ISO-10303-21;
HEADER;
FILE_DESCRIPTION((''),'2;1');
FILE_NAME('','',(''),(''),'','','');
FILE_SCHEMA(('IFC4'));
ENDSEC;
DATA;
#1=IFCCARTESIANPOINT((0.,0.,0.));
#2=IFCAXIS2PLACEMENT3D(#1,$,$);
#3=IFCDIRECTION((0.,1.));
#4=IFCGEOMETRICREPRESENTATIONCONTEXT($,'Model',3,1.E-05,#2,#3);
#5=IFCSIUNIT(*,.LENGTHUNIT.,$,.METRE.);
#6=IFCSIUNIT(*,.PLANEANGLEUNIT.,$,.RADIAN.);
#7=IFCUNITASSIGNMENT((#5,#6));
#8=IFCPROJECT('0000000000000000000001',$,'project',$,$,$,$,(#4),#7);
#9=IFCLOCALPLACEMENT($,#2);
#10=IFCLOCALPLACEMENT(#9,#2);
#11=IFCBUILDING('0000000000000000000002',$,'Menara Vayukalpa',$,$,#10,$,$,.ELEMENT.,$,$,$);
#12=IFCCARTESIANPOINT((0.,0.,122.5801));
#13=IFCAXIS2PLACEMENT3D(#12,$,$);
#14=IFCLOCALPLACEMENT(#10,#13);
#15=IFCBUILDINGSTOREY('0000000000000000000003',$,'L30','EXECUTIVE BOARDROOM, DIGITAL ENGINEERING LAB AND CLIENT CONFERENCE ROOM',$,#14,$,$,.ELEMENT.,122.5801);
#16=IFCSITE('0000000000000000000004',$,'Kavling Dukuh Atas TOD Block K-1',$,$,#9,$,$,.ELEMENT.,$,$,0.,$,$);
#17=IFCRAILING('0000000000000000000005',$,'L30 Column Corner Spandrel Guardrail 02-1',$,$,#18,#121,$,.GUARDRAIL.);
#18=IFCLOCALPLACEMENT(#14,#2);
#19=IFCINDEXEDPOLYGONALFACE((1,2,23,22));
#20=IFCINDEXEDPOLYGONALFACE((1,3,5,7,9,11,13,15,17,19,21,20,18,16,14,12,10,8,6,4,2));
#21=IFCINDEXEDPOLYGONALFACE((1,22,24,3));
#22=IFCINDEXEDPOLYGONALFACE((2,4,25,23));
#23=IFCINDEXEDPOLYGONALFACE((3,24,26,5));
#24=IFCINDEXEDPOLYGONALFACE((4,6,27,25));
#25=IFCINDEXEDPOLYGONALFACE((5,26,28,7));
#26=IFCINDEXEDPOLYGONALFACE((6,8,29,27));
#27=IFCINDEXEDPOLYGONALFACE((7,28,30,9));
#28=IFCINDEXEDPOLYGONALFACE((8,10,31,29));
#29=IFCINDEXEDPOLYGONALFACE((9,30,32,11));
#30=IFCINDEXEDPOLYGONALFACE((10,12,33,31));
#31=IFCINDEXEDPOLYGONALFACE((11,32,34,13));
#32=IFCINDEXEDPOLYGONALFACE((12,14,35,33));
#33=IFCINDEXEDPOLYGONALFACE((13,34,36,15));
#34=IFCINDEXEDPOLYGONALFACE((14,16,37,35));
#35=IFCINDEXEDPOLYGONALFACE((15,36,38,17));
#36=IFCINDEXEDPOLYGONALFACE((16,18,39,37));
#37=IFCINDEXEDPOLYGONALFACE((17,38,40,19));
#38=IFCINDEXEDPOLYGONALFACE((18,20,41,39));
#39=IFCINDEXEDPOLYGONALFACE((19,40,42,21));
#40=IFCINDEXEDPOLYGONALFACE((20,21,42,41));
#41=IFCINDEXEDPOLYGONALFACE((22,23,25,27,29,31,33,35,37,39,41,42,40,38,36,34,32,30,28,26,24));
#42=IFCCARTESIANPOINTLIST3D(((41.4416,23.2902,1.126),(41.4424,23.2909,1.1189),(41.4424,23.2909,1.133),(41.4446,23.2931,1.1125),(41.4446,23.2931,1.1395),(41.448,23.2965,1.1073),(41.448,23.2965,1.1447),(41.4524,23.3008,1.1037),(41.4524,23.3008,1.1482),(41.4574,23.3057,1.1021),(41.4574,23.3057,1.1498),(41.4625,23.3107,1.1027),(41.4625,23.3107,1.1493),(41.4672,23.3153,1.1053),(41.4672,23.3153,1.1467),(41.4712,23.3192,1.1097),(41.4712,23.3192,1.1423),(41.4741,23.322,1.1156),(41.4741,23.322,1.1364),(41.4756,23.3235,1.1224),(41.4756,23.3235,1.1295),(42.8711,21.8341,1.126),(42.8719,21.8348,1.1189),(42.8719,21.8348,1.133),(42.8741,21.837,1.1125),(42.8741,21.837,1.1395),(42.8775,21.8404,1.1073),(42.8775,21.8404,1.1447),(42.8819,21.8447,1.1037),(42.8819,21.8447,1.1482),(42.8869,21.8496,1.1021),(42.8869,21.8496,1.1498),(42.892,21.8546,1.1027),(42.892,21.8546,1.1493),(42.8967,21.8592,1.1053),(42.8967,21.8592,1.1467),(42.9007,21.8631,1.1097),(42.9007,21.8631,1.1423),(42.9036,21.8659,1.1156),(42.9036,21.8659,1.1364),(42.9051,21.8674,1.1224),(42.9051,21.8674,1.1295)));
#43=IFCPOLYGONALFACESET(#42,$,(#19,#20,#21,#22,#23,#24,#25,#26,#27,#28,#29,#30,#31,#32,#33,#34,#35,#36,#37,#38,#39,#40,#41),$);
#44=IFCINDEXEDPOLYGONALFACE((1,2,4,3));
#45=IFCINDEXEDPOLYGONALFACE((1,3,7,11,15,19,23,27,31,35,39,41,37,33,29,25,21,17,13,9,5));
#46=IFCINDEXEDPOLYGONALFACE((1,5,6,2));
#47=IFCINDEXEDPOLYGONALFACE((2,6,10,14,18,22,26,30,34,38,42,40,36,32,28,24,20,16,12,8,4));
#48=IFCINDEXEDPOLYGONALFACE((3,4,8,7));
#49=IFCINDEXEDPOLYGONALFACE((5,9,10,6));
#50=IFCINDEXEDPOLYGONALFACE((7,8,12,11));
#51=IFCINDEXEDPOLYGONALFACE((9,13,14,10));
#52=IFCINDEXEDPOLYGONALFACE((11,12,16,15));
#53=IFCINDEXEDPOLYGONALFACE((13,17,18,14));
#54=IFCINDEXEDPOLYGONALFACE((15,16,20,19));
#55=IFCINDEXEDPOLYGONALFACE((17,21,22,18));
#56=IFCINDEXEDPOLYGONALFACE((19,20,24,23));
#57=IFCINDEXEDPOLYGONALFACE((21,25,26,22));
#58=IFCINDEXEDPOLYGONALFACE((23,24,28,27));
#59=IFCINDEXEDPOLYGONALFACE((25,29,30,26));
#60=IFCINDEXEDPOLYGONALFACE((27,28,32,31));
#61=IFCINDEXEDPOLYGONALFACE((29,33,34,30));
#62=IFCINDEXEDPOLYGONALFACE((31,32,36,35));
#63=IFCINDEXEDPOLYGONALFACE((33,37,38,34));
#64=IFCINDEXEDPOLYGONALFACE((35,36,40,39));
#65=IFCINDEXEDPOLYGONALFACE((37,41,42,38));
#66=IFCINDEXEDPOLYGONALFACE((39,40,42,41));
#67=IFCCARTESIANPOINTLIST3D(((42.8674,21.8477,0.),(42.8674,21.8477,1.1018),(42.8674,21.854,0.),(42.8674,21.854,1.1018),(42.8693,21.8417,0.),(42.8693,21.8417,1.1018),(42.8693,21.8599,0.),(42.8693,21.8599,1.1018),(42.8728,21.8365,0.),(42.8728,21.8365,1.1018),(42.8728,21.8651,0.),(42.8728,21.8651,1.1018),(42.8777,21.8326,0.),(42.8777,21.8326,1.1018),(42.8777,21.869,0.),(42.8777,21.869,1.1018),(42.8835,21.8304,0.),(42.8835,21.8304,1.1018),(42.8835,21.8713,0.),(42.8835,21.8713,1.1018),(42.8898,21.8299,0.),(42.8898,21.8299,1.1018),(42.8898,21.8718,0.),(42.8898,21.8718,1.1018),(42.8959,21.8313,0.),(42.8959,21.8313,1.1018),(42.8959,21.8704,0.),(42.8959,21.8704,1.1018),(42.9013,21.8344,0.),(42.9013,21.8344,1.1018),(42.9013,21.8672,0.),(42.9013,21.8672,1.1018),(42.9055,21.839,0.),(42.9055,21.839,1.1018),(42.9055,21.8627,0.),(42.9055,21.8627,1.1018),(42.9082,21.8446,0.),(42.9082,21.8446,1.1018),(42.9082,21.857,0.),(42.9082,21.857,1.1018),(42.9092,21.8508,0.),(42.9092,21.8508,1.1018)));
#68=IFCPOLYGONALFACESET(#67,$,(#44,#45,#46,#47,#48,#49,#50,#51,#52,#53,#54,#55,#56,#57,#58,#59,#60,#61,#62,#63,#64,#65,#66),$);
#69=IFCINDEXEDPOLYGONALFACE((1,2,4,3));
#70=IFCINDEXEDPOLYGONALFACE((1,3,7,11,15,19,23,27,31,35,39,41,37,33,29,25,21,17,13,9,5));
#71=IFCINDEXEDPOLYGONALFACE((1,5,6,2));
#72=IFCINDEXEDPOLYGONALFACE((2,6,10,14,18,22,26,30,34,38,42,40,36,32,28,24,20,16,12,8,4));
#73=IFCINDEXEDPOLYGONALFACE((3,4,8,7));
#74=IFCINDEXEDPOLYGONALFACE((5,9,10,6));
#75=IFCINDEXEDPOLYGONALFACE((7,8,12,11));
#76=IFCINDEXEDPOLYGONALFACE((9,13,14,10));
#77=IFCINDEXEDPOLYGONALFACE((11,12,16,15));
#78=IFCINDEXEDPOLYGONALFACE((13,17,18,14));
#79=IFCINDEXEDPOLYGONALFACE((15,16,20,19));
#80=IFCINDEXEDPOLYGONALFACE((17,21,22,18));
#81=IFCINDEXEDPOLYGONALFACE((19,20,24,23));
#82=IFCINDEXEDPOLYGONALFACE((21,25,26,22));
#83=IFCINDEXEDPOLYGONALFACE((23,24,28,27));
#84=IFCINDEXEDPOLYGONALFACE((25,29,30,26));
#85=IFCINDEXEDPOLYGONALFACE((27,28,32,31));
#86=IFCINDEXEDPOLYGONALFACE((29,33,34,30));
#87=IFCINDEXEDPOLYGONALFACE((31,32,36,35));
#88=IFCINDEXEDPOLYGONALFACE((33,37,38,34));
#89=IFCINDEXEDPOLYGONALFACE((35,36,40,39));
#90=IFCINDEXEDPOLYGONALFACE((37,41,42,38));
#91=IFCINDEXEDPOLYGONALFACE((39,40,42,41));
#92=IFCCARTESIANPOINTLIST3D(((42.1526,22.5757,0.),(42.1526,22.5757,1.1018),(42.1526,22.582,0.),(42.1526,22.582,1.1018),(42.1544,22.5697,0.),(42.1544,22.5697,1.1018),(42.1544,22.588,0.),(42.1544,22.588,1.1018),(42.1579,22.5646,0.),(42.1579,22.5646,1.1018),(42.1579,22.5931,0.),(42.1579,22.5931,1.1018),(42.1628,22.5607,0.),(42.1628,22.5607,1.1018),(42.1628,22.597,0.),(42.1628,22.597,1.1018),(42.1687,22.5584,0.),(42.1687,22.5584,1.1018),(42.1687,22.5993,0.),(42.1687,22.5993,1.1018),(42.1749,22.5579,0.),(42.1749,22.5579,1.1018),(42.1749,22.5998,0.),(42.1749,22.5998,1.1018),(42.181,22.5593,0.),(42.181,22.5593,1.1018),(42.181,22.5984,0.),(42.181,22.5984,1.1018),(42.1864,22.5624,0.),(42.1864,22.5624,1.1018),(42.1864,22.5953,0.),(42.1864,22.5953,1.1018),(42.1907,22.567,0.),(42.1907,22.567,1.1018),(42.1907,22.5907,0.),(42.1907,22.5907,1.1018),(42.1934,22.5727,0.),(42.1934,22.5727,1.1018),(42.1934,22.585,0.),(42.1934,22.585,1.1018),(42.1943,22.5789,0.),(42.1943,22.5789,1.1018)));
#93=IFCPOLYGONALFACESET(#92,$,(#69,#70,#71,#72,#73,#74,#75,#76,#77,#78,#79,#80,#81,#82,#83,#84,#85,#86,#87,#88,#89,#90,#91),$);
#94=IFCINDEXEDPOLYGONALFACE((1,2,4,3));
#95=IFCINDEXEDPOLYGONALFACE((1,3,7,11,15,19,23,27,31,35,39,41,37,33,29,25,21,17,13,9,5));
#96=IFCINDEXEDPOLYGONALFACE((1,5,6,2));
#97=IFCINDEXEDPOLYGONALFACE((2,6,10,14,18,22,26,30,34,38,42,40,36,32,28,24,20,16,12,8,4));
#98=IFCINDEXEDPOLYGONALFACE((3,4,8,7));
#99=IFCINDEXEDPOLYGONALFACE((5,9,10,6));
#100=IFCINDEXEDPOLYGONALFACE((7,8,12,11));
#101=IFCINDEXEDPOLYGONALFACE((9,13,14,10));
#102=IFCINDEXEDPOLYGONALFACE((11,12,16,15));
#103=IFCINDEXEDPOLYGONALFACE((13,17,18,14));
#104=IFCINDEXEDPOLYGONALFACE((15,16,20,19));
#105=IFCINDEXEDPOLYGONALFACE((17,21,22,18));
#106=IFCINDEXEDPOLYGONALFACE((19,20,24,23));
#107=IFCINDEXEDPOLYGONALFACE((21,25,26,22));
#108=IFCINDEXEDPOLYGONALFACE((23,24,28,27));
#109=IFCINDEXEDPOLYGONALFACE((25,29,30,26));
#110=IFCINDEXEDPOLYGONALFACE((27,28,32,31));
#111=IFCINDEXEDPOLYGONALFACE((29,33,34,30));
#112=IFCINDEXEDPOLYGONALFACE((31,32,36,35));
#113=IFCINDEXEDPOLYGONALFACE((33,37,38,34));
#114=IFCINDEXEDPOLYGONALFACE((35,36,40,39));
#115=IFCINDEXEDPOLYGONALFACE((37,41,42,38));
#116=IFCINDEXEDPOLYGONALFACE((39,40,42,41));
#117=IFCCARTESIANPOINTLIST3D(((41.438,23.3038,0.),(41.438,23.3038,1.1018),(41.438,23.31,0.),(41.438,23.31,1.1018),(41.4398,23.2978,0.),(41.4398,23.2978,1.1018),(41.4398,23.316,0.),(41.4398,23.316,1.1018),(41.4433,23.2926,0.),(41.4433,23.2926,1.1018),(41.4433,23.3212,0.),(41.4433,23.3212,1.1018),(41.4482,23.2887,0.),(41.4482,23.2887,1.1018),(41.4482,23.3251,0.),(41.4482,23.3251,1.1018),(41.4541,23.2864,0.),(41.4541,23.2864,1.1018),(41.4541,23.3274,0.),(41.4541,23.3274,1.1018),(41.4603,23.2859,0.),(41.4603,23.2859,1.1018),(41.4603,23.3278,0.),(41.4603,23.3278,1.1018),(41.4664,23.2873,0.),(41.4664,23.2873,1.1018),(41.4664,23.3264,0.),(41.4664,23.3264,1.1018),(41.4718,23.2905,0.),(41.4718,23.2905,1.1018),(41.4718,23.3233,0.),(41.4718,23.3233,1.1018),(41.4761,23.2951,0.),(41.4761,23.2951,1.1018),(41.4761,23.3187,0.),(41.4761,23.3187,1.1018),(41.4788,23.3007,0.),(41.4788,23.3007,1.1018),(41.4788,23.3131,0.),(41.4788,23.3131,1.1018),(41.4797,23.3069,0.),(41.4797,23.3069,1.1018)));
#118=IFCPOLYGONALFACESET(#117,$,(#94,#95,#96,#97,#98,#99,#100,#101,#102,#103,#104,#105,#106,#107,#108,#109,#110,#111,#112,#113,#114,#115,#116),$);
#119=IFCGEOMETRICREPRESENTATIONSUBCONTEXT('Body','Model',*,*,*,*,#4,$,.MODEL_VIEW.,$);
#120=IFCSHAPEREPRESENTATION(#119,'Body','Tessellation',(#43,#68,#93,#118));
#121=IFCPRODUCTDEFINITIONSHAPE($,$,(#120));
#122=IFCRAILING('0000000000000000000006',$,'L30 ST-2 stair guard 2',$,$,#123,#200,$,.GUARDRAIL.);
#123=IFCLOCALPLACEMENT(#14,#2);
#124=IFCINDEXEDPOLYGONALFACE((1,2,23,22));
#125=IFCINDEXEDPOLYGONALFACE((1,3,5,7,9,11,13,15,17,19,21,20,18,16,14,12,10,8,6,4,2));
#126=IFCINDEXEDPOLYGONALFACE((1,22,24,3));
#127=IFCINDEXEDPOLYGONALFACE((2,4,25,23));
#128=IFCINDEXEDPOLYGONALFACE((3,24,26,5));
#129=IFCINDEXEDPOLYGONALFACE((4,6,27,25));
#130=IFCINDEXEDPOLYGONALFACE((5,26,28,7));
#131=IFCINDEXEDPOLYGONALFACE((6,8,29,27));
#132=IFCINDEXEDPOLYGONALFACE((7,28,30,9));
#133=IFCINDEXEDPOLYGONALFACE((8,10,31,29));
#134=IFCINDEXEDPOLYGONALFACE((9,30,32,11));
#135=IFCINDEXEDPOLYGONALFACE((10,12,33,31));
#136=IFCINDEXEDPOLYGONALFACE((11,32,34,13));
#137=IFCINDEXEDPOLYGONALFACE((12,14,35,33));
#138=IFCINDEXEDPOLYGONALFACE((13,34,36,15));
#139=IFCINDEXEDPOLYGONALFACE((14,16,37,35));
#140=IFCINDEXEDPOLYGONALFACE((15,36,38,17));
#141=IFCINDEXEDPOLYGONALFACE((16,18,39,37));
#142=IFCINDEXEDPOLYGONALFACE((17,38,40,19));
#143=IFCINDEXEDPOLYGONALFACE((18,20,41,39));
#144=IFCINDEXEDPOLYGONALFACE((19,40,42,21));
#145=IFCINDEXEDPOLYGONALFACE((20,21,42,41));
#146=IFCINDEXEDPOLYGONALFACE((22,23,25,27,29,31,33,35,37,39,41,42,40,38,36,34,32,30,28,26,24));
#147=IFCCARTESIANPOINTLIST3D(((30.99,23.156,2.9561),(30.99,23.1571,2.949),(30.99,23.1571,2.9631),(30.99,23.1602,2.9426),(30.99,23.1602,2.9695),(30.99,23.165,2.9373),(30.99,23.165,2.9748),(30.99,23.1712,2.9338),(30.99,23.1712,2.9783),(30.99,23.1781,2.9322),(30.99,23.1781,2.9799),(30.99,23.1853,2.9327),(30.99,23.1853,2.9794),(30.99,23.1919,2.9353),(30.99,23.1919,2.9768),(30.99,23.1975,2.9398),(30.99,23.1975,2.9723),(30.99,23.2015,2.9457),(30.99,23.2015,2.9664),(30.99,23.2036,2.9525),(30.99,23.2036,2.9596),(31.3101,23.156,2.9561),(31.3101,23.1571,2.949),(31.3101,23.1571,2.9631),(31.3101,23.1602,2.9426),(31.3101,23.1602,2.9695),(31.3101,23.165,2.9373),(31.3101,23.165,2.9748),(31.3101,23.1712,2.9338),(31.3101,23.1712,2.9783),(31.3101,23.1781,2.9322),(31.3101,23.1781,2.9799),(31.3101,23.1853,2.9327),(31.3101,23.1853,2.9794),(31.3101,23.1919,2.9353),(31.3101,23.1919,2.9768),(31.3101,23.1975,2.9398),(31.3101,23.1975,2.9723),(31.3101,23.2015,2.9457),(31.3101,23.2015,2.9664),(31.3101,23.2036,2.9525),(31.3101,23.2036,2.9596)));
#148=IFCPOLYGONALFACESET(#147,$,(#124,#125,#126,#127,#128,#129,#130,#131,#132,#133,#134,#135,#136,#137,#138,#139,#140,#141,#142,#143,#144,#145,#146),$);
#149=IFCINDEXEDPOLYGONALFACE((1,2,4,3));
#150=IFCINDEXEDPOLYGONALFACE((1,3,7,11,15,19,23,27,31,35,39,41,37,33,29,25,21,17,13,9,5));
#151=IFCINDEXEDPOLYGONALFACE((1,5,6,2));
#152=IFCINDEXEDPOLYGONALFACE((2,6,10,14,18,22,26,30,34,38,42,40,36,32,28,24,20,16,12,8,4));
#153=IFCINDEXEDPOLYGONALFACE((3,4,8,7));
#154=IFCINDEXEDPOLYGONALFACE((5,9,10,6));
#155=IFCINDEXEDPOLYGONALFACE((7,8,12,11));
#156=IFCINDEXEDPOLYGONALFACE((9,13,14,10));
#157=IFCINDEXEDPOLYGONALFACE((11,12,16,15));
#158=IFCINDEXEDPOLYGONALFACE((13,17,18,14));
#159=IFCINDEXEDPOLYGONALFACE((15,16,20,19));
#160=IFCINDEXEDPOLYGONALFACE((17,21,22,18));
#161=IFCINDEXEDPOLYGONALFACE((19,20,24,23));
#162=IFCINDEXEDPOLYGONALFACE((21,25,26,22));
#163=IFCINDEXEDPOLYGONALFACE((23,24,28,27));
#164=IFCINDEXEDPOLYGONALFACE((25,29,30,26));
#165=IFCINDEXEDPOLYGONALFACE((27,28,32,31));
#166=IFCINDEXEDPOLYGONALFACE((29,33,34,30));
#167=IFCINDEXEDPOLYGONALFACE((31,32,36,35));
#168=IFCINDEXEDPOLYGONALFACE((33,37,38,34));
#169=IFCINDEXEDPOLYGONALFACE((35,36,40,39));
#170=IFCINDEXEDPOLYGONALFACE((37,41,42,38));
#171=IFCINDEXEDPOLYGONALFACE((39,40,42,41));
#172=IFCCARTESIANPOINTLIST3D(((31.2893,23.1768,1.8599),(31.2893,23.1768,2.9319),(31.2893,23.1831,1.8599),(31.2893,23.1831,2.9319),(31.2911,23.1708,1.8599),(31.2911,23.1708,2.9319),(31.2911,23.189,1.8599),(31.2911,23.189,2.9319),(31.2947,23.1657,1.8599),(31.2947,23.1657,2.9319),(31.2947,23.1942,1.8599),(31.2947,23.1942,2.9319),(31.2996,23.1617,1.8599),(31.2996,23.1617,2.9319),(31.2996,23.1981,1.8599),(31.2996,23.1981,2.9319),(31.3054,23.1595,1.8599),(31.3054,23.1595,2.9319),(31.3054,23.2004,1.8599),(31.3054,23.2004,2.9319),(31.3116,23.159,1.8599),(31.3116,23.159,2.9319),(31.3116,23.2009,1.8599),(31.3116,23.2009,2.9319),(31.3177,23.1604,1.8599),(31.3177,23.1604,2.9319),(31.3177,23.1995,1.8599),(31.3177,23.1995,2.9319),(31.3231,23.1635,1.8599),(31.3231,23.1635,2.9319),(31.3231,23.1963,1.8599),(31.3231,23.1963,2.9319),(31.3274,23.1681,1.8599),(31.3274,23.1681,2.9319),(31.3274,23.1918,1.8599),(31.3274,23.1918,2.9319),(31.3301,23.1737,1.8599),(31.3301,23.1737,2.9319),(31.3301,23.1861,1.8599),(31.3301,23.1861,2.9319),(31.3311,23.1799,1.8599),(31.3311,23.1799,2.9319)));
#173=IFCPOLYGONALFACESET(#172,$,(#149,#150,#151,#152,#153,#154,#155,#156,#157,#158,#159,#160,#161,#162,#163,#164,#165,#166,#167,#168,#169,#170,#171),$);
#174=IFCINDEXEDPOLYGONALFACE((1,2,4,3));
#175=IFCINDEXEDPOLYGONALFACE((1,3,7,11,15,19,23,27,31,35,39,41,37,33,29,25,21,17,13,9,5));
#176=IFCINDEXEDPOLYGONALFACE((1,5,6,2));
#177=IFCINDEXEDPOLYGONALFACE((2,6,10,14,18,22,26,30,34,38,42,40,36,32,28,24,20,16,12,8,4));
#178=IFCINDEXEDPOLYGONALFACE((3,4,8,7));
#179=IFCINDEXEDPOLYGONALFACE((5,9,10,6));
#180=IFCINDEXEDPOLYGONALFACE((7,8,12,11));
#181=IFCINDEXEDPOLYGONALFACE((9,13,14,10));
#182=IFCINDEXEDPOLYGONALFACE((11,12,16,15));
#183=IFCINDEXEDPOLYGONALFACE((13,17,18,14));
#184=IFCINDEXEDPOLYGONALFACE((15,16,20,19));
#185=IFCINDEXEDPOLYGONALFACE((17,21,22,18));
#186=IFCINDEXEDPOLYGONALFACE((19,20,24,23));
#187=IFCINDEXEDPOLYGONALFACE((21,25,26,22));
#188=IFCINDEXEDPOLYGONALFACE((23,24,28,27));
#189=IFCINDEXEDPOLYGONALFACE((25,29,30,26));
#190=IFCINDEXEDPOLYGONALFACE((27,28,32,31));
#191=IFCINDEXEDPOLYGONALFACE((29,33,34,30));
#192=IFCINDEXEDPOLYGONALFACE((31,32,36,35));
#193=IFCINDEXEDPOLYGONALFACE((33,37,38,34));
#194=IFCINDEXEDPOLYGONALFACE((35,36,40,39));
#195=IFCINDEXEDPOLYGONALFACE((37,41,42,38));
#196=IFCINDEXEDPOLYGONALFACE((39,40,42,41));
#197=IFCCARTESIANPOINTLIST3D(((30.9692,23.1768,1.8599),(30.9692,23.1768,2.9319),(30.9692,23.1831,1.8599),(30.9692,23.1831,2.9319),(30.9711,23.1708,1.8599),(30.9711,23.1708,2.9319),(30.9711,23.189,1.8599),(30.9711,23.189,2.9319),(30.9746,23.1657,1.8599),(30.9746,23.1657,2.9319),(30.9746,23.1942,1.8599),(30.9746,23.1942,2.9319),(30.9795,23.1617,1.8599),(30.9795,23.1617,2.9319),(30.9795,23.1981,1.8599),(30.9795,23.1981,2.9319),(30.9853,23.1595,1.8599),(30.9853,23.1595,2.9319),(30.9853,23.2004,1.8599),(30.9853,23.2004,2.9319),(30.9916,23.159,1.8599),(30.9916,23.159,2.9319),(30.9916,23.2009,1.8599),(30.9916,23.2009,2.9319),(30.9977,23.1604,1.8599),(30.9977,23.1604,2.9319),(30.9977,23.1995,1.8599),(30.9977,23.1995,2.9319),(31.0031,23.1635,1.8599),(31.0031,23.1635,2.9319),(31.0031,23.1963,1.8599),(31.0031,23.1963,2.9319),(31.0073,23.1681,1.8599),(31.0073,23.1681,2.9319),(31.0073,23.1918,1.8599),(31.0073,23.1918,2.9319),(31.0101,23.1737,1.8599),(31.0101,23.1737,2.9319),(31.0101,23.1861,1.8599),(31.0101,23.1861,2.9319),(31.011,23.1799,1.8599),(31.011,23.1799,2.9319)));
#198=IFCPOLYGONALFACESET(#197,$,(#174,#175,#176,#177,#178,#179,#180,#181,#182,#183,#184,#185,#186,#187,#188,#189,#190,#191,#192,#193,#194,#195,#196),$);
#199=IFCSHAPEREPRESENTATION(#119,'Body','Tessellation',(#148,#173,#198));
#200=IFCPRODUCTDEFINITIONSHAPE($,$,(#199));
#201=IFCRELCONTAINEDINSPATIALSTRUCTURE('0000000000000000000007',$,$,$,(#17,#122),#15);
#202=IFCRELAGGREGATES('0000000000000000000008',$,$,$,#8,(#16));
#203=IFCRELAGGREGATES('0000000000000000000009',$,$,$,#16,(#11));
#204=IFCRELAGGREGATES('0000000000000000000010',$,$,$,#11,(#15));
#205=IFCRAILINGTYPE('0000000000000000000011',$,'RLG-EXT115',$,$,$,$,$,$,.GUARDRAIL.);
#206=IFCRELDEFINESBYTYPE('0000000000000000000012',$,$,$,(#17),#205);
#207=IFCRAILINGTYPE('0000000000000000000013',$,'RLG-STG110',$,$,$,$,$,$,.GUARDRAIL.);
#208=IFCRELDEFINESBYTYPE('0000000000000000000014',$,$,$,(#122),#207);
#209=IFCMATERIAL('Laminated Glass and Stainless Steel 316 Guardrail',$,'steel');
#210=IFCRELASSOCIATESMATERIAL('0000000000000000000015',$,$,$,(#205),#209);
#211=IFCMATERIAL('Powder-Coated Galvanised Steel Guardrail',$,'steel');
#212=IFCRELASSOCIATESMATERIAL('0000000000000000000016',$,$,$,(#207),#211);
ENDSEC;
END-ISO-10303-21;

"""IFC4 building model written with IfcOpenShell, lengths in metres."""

from ifc_helpers import new_model, si_unit, direction, frame, origin, origin_2d, place, context, subcontext, project, spatial, circle, extrude, material, type_object, element, save


model = new_model("IFC4")

# Units and contexts
model_context = context("Model", 3, precision=1e-05, world=origin(), true_north=direction((0.0, 1.0)))
body_context = subcontext(model_context, "Body", "Model", "MODEL_VIEW")
ifc_project = project(units=[si_unit("LENGTHUNIT", "METRE"), si_unit("PLANEANGLEUNIT", "RADIAN")], contexts=[model_context])

# Site, building, storey
site_placement = place(None, origin())
site = spatial("IfcSite", under=ifc_project, at=site_placement, Name="Kavling Dukuh Atas TOD Block K-1", CompositionType="ELEMENT", RefElevation=0.0)
building_placement = place(site_placement, origin())
building = spatial("IfcBuilding", under=site, at=building_placement, Name="Menara Vayukalpa", CompositionType="ELEMENT")
storey_placement = place(building_placement, frame((0.0, 0.0, 122.5801)))
storey = spatial("IfcBuildingStorey", under=building, at=storey_placement, Name="L30", Description="EXECUTIVE BOARDROOM, DIGITAL ENGINEERING LAB AND CLIENT CONFERENCE ROOM", CompositionType="ELEMENT", Elevation=122.5801)

# Railings
ifc_material_1 = material(Name="Laminated Glass and Stainless Steel 316 Guardrail", Category="steel")
railing_type_1 = type_object("IfcRailingType", Name="RLG-EXT115", PredefinedType="GUARDRAIL", material=ifc_material_1)
railing_1_placement = place(storey_placement, frame((42.8882, 21.8508, 0.0)))
element("IfcRailing", 1, at=railing_1_placement, inside=storey, type_object=railing_type_1, Name="L30 Column Corner Spandrel Guardrail 02-1", PredefinedType="GUARDRAIL", context=body_context, shape_type="SweptSolid", body=[
    extrude(circle(Radius=0.0239, at=origin_2d()), frame((0.0, 0.0, 1.126), z_axis=(-0.700556, 0.713598, 0.0), x_axis=(-0.713598, -0.700556, 0.0)), (0.0, 0.0, 1.0), 2.0405),
    extrude(circle(Radius=0.021, at=origin_2d()), origin(), (0.0, 0.0, 1.0), 1.1018),
    extrude(circle(Radius=0.021, at=origin_2d()), frame((-0.7148, 0.728, 0.0)), (0.0, 0.0, 1.0), 1.1018),
    extrude(circle(Radius=0.021, at=origin_2d()), frame((-1.4294, 1.4561, 0.0)), (0.0, 0.0, 1.0), 1.1018),
])
ifc_material_2 = material(Name="Powder-Coated Galvanised Steel Guardrail", Category="steel")
railing_type_2 = type_object("IfcRailingType", Name="RLG-STG110", PredefinedType="GUARDRAIL", material=ifc_material_2)
railing_2_placement = place(storey_placement, frame((31.3101, 23.1799, 1.8599)))
element("IfcRailing", 2, at=railing_2_placement, inside=storey, type_object=railing_type_2, Name="L30 ST-2 stair guard 2", PredefinedType="GUARDRAIL", context=body_context, shape_type="SweptSolid", body=[
    extrude(circle(Radius=0.0239, at=origin_2d()), frame((0.0, 0.0, 1.0962), z_axis=(-1.0, 0.0, 0.0), x_axis=(0.0, -1.0, 0.0)), (0.0, 0.0, 1.0), 0.3201),
    extrude(circle(Radius=0.021, at=origin_2d()), origin(), (0.0, 0.0, 1.0), 1.072),
    extrude(circle(Radius=0.021, at=origin_2d()), frame((-0.3201, 0.0, 0.0)), (0.0, 0.0, 1.0), 1.072),
])

save(model, "model.ifc")
